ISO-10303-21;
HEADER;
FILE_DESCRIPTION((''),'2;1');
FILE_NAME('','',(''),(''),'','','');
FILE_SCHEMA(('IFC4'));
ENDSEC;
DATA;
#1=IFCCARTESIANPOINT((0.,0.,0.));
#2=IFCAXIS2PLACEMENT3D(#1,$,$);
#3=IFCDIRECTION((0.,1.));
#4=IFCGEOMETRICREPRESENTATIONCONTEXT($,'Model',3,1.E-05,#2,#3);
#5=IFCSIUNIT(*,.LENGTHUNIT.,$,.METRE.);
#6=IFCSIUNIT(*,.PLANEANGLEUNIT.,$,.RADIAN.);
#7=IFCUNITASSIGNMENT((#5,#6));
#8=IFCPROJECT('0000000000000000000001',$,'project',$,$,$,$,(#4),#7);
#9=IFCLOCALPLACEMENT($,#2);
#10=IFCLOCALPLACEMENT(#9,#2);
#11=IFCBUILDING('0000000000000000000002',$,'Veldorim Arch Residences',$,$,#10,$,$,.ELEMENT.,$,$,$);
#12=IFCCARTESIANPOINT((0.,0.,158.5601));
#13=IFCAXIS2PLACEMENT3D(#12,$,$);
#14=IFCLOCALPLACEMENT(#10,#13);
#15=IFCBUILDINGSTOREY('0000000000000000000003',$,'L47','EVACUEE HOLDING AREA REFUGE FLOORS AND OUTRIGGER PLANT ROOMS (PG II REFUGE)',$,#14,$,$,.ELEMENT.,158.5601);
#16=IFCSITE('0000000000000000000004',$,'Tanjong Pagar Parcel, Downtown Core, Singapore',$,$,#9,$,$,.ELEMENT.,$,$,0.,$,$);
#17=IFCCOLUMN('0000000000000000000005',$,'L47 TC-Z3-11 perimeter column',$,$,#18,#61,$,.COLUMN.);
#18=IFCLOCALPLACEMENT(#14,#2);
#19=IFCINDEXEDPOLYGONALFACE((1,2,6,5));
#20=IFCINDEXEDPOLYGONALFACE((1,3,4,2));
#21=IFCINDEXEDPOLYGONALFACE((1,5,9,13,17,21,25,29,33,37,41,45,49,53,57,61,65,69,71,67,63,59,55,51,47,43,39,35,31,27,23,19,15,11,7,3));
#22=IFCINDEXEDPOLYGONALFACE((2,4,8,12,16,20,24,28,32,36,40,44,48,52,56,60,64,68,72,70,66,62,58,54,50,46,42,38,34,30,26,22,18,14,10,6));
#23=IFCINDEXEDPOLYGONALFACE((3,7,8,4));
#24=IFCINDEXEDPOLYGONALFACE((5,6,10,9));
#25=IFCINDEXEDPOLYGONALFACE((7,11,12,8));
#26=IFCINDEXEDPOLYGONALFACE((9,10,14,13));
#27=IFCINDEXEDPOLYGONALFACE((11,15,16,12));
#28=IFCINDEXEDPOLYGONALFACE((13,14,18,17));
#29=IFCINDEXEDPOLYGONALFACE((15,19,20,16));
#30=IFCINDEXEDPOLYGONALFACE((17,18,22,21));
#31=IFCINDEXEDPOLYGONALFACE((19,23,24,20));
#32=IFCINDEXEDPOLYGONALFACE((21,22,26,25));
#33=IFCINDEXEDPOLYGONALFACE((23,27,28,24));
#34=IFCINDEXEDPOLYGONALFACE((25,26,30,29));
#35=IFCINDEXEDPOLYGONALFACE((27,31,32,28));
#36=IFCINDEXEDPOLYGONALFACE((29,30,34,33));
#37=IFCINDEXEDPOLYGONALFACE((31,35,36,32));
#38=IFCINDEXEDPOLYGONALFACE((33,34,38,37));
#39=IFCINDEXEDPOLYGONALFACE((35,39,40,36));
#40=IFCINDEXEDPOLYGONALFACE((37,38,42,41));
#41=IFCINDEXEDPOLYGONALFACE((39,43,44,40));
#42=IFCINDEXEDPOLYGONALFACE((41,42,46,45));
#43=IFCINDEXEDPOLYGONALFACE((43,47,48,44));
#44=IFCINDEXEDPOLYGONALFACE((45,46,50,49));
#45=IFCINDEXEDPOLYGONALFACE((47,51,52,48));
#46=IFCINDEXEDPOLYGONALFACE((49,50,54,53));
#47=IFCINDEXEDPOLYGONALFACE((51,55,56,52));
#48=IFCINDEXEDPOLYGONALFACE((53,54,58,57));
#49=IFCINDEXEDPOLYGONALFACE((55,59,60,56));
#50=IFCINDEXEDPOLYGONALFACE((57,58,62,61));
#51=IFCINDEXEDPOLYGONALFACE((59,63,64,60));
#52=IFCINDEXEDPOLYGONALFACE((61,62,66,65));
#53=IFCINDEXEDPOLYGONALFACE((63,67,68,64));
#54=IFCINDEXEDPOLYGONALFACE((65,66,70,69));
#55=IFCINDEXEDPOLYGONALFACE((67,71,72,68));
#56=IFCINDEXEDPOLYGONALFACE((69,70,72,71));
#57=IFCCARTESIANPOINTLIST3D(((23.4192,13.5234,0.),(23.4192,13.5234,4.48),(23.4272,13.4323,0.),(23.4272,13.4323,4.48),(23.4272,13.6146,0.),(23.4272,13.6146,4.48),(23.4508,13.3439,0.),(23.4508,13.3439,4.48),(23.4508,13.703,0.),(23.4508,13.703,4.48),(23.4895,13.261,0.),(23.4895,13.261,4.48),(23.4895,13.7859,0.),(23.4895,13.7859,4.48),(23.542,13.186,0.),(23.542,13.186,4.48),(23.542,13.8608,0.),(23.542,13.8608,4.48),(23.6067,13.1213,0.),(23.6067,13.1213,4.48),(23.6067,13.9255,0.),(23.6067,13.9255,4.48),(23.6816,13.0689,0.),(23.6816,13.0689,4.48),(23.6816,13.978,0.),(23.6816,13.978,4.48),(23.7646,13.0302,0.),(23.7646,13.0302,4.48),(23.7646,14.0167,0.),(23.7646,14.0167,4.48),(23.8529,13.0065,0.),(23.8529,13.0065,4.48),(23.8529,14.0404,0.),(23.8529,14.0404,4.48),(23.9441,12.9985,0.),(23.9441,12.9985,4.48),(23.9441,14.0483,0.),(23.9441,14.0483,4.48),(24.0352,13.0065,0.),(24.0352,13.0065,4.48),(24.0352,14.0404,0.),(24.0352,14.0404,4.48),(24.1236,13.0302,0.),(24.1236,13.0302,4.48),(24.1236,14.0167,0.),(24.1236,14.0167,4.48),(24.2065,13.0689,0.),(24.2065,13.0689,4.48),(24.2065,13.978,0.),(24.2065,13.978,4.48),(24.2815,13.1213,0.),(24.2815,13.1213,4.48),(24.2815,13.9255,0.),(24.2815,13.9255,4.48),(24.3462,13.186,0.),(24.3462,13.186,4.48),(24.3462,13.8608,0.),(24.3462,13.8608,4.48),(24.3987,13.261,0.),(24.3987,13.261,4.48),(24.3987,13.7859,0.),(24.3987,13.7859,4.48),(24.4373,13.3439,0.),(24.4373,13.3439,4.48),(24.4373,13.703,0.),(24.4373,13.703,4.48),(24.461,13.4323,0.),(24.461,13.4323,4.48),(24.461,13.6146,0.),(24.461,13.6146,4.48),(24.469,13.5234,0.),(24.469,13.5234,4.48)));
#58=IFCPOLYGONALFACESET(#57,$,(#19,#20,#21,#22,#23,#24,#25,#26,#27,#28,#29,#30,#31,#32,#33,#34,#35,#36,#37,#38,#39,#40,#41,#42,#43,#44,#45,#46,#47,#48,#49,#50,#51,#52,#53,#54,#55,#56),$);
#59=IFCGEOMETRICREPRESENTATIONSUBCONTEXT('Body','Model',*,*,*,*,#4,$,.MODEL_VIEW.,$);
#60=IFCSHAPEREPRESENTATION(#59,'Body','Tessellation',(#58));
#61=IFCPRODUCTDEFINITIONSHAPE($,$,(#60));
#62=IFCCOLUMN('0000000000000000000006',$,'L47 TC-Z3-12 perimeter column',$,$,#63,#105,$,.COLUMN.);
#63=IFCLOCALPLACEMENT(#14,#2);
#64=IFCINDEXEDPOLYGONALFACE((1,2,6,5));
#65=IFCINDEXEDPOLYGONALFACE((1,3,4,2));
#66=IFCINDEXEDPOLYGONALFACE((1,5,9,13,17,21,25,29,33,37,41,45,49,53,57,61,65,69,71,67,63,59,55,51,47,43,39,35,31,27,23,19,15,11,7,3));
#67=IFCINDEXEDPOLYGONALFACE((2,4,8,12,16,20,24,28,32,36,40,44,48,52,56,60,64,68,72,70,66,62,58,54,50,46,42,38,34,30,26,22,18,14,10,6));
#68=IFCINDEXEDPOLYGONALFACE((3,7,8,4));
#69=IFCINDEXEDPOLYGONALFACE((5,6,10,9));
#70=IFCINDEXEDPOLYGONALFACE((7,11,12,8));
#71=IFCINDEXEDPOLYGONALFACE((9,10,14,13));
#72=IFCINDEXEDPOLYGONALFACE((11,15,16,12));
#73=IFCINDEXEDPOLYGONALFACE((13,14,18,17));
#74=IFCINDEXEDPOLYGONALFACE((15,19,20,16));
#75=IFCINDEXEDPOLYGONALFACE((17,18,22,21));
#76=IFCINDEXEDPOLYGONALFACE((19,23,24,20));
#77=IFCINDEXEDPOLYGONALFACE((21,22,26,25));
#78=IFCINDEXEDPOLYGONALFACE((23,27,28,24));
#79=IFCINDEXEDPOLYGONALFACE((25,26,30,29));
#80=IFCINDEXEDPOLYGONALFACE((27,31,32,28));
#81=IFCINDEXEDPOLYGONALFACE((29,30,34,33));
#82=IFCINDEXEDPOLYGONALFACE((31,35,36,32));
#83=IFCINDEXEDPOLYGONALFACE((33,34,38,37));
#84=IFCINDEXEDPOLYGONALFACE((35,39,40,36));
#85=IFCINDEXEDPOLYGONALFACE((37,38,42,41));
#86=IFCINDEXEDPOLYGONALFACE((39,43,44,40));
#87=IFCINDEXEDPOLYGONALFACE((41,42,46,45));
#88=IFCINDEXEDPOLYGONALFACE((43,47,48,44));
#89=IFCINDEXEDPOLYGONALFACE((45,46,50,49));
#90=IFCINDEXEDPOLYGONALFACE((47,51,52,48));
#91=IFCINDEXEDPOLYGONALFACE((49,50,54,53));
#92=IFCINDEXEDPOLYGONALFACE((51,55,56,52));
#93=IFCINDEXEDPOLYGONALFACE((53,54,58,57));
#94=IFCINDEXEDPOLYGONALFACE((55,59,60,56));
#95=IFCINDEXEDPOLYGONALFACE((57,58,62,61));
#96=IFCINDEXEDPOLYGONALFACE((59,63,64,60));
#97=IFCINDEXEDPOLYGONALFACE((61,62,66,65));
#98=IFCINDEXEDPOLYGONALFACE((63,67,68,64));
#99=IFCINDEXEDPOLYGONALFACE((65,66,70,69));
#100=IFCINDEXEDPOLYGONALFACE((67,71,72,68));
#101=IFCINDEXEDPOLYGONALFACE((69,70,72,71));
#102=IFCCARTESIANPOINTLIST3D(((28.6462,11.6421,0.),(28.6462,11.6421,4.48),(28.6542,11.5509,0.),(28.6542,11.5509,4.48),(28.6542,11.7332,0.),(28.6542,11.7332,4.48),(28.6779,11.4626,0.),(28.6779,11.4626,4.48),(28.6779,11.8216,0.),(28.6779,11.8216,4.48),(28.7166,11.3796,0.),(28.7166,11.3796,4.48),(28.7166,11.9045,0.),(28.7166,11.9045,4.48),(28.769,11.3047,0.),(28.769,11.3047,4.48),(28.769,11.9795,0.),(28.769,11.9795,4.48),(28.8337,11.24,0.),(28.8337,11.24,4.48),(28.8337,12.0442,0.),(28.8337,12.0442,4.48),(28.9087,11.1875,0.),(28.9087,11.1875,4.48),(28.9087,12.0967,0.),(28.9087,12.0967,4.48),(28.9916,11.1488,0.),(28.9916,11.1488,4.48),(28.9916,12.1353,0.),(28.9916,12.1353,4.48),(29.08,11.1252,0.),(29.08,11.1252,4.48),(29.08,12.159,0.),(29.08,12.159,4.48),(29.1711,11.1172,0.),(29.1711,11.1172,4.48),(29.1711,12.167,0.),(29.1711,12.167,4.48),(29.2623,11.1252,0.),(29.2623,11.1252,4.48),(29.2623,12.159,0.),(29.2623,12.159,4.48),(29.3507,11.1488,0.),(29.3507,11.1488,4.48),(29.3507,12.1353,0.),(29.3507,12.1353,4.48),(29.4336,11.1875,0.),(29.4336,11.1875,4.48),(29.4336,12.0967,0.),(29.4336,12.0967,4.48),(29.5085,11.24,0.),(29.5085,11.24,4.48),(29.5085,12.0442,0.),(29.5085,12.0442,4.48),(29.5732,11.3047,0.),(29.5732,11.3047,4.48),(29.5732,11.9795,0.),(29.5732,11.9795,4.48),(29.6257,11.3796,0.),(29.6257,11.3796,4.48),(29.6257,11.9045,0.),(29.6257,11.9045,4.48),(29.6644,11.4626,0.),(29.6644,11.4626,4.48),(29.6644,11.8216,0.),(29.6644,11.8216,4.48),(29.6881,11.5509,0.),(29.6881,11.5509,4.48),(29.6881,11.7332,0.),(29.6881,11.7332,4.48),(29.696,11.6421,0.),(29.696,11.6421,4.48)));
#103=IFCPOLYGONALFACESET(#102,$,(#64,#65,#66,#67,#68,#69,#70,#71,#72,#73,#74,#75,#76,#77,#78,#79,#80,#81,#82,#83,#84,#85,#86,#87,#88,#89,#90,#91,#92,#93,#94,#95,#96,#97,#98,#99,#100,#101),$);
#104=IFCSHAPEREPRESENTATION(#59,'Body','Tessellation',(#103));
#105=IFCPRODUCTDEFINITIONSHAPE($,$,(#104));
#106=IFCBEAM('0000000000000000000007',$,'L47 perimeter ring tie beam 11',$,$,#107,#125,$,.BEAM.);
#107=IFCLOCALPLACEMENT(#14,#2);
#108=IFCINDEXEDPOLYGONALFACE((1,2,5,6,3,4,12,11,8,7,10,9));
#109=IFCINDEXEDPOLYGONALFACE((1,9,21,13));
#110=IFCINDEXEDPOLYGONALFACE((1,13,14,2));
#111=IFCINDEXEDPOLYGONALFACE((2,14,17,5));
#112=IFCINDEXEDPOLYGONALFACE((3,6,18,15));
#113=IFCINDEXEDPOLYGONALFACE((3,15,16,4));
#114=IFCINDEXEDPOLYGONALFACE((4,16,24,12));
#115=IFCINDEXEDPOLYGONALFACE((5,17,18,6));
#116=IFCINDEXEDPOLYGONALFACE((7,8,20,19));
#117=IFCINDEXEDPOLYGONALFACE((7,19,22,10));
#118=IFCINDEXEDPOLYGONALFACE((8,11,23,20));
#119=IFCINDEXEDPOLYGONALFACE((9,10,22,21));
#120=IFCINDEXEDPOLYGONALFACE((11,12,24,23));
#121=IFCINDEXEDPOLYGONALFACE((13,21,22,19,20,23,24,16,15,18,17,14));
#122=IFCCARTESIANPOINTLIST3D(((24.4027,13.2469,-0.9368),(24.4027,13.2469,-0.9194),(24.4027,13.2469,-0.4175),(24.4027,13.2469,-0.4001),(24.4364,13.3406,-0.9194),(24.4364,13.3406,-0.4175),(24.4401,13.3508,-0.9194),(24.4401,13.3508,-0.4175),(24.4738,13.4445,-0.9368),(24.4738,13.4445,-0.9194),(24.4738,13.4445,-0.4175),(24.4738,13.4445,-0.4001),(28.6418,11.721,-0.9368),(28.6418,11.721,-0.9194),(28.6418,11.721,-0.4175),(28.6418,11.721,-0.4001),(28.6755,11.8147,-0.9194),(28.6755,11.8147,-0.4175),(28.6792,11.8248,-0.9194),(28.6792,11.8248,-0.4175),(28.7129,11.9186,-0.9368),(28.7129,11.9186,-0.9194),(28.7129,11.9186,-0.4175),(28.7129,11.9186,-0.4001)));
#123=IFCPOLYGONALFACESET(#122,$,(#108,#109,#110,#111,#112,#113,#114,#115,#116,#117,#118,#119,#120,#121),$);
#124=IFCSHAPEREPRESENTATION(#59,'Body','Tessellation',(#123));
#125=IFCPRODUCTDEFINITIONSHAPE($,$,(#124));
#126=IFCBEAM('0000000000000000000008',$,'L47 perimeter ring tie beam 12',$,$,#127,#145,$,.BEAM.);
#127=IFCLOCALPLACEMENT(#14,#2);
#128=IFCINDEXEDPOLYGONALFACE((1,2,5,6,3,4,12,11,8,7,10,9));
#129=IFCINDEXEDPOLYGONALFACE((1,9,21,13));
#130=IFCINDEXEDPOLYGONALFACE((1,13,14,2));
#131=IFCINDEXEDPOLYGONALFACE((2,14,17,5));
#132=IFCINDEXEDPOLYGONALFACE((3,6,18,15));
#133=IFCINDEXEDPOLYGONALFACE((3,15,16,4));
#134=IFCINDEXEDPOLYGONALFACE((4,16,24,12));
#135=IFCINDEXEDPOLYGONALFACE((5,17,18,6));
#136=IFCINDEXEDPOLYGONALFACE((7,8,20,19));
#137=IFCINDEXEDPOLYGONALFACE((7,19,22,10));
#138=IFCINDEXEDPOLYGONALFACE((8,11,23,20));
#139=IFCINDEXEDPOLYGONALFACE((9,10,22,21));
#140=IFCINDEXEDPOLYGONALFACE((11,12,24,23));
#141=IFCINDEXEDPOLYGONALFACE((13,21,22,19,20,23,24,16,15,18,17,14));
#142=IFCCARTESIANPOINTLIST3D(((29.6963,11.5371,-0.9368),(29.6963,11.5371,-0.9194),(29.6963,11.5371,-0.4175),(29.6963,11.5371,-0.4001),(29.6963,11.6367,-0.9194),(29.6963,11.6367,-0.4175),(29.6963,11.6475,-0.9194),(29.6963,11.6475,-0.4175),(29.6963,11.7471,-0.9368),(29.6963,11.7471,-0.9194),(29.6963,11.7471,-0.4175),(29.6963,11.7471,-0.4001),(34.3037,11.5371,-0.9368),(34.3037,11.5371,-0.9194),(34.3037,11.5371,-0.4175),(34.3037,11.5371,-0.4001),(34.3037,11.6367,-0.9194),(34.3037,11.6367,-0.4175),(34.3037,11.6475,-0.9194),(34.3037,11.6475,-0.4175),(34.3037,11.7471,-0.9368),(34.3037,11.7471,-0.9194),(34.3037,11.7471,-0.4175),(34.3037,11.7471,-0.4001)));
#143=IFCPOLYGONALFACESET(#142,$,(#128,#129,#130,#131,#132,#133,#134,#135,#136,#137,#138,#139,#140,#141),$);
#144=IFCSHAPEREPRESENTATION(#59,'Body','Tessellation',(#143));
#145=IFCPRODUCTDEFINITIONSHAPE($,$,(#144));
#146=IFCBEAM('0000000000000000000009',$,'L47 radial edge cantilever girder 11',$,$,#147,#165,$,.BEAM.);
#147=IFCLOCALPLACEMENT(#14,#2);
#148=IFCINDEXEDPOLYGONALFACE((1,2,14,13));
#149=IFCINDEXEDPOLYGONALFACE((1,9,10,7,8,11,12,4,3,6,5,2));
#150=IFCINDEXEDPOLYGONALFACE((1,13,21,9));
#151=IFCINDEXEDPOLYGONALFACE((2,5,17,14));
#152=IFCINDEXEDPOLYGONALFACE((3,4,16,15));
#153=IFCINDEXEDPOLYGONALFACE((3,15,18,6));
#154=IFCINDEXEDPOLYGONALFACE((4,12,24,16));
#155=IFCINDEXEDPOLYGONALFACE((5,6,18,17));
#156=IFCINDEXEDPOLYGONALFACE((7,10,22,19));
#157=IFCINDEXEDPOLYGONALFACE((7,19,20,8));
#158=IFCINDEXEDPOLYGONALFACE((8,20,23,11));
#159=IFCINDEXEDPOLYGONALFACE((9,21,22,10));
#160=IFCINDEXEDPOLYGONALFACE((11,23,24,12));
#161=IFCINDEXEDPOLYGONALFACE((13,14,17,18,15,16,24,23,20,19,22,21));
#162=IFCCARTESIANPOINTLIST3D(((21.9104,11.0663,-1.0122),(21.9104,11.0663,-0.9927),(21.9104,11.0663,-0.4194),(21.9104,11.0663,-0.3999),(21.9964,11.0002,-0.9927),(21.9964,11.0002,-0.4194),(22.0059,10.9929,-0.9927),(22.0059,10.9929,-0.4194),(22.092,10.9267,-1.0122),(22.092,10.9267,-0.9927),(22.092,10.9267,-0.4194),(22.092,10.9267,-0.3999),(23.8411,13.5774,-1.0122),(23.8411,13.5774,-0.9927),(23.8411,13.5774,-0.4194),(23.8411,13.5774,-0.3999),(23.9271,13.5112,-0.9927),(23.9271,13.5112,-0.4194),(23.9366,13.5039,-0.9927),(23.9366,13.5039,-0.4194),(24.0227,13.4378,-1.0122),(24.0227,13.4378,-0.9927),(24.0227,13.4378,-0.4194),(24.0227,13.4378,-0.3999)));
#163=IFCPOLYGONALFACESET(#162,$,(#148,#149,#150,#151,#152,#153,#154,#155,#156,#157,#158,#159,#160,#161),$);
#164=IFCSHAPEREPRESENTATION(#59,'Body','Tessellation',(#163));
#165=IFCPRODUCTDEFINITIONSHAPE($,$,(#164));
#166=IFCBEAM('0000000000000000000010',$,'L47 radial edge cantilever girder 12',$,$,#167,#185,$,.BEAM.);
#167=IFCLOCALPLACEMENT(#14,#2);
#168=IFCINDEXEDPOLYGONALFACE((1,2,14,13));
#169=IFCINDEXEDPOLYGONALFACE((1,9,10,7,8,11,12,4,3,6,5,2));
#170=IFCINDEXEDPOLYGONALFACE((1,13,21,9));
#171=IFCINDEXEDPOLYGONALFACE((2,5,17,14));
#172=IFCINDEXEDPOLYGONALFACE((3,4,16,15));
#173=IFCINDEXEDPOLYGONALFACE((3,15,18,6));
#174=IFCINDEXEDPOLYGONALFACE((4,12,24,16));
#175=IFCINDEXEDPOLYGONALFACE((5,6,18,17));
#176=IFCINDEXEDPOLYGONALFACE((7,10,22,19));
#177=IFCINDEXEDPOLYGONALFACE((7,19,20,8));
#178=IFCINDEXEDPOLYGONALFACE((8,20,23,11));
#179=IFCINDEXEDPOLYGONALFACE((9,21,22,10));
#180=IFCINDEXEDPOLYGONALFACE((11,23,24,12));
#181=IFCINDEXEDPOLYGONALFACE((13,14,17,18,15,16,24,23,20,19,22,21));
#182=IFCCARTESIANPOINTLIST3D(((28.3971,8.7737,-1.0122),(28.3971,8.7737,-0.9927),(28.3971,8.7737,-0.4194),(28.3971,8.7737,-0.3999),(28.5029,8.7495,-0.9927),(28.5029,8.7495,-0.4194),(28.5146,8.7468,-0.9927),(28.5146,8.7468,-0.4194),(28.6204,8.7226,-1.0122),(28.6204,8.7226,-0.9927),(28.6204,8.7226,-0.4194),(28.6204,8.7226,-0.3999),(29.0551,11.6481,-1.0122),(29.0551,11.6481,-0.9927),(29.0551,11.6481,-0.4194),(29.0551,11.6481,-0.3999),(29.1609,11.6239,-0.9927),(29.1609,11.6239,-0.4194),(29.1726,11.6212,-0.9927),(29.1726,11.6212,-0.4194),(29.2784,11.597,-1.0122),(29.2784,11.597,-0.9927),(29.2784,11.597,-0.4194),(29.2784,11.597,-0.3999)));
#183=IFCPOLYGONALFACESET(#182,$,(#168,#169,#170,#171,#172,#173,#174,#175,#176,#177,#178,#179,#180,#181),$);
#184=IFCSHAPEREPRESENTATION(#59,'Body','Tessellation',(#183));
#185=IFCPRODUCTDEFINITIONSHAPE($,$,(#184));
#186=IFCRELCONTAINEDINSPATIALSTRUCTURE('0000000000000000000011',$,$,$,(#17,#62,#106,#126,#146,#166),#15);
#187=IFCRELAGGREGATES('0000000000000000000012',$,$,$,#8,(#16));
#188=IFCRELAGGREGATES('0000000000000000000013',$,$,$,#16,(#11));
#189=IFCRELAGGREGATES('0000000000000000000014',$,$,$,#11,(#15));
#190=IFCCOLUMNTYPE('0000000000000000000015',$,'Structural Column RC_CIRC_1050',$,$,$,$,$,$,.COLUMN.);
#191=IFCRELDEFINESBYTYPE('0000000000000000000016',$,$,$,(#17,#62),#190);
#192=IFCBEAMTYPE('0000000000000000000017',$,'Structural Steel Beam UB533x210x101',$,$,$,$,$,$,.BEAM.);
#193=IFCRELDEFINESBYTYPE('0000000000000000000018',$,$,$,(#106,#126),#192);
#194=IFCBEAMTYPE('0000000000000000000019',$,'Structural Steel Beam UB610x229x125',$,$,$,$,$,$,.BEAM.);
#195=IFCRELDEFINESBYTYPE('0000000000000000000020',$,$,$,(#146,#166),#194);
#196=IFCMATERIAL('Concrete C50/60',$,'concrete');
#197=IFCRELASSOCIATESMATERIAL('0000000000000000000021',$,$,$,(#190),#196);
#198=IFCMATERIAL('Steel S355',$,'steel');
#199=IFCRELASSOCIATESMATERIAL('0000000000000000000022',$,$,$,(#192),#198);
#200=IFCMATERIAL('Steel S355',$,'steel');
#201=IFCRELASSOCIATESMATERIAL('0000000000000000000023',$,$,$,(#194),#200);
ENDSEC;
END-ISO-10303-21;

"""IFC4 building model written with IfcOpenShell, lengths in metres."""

from ifc_helpers import new_model, si_unit, direction, frame, origin, origin_2d, place, context, subcontext, project, spatial, circle, i_section, extrude, material, material_profile, profile_set, type_object, element, save


model = new_model("IFC4")

# Units and contexts
model_context = context("Model", 3, precision=1e-05, world=origin(), true_north=direction((0.0, 1.0)))
body_context = subcontext(model_context, "Body", "Model", "MODEL_VIEW")
ifc_project = project(units=[si_unit("LENGTHUNIT", "METRE"), si_unit("PLANEANGLEUNIT", "RADIAN")], contexts=[model_context])

# Site, building, storey
site_placement = place(None, origin())
site = spatial("IfcSite", under=ifc_project, at=site_placement, Name="Tanjong Pagar Parcel, Downtown Core, Singapore", CompositionType="ELEMENT", RefElevation=0.0)
building_placement = place(site_placement, origin())
building = spatial("IfcBuilding", under=site, at=building_placement, Name="Veldorim Arch Residences", CompositionType="ELEMENT")
storey_placement = place(building_placement, frame((0.0, 0.0, 158.5601)))
storey = spatial("IfcBuildingStorey", under=building, at=storey_placement, Name="L47", Description="EVACUEE HOLDING AREA REFUGE FLOORS AND OUTRIGGER PLANT ROOMS (PG II REFUGE)", CompositionType="ELEMENT", Elevation=158.5601)

# Columns
ifc_material_1 = material(Name="Concrete C50/60", Category="concrete")
ifc_material_profile_1 = material_profile(ifc_material_1, circle(Radius=0.5249, at=origin_2d()), Name="RC_CIRC_1050")
ifc_profile_set_1 = profile_set([ifc_material_profile_1], Name="Concrete C50/60")
column_type = type_object("IfcColumnType", Name="Structural Column RC_CIRC_1050", PredefinedType="COLUMN", material=ifc_profile_set_1)
for number, where, z_axis, x_axis, name in (
    (1, (23.9441, 13.5234, 0.0), (0.0, 0.0, 1.0), (1.0, 0.0, 0.0), "L47 TC-Z3-11 perimeter column"),
    (2, (29.1711, 11.6421, 0.0), (0.0, 0.0, 1.0), (1.0, 0.0, 0.0), "L47 TC-Z3-12 perimeter column"),
):
    element("IfcColumn", number, at=place(storey_placement, frame(where, z_axis=z_axis, x_axis=x_axis)), inside=storey, type_object=column_type, Name=name, PredefinedType="COLUMN", context=body_context, shape_type="SweptSolid", body=[
        extrude(circle(Radius=0.5249, at=origin_2d()), origin(), (0.0, 0.0, 1.0), 4.48),
    ])

# Beams
ifc_material_2 = material(Name="Steel S355", Category="steel")
ifc_material_profile_2 = material_profile(ifc_material_2, i_section(OverallWidth=0.21, OverallDepth=0.5366, WebThickness=0.0107, FlangeThickness=0.0173, at=origin_2d()), Name="UB533x210x101")
ifc_profile_set_2 = profile_set([ifc_material_profile_2], Name="Steel S355")
beam_type_1 = type_object("IfcBeamType", Name="Structural Steel Beam UB533x210x101", PredefinedType="BEAM", material=ifc_profile_set_2)
beam_1_placement = place(storey_placement, frame((24.4382, 13.3457, -0.6685), z_axis=(0.940899, -0.338687, 0.0), x_axis=(0.338687, 0.940899, 0.0)))
element("IfcBeam", 3, at=beam_1_placement, inside=storey, type_object=beam_type_1, Name="L47 perimeter ring tie beam 11", PredefinedType="BEAM", context=body_context, shape_type="SweptSolid", body=[
    extrude(i_section(OverallWidth=0.21, OverallDepth=0.5366, WebThickness=0.0107, FlangeThickness=0.0173, at=origin_2d()), origin(), (0.0, 0.0, 1.0), 4.5054),
])
beam_2_placement = place(storey_placement, frame((29.6963, 11.6421, -0.6685), z_axis=(1.0, 0.0, 0.0), x_axis=(0.0, 1.0, 0.0)))
element("IfcBeam", 4, at=beam_2_placement, inside=storey, type_object=beam_type_1, Name="L47 perimeter ring tie beam 12", PredefinedType="BEAM", context=body_context, shape_type="SweptSolid", body=[
    extrude(i_section(OverallWidth=0.21, OverallDepth=0.5366, WebThickness=0.0107, FlangeThickness=0.0173, at=origin_2d()), origin(), (0.0, 0.0, 1.0), 4.6074),
])
ifc_material_3 = material(Name="Steel S355", Category="steel")
ifc_material_profile_3 = material_profile(ifc_material_3, i_section(OverallWidth=0.229, OverallDepth=0.6123, WebThickness=0.012, FlangeThickness=0.0195, at=origin_2d()), Name="UB610x229x125")
ifc_profile_set_3 = profile_set([ifc_material_profile_3], Name="Steel S355")
beam_type_2 = type_object("IfcBeamType", Name="Structural Steel Beam UB610x229x125", PredefinedType="BEAM", material=ifc_profile_set_3)
beam_3_placement = place(storey_placement, frame((23.9319, 13.5076, -0.7061), z_axis=(-0.609539, -0.792756, 0.0), x_axis=(0.792756, -0.609539, 0.0)))
element("IfcBeam", 5, at=beam_3_placement, inside=storey, type_object=beam_type_2, Name="L47 radial edge cantilever girder 11", PredefinedType="BEAM", context=body_context, shape_type="SweptSolid", body=[
    extrude(i_section(OverallWidth=0.229, OverallDepth=0.6123, WebThickness=0.012, FlangeThickness=0.0195, at=origin_2d()), origin(), (0.0, 0.0, 1.0), 3.1675),
])
beam_4_placement = place(storey_placement, frame((29.1667, 11.6226, -0.7061), z_axis=(-0.223142, -0.974786, 0.0), x_axis=(0.974786, -0.223142, 0.0)))
element("IfcBeam", 6, at=beam_4_placement, inside=storey, type_object=beam_type_2, Name="L47 radial edge cantilever girder 12", PredefinedType="BEAM", context=body_context, shape_type="SweptSolid", body=[
    extrude(i_section(OverallWidth=0.229, OverallDepth=0.6123, WebThickness=0.012, FlangeThickness=0.0195, at=origin_2d()), origin(), (0.0, 0.0, 1.0), 2.9487),
])

save(model, "model.ifc")
